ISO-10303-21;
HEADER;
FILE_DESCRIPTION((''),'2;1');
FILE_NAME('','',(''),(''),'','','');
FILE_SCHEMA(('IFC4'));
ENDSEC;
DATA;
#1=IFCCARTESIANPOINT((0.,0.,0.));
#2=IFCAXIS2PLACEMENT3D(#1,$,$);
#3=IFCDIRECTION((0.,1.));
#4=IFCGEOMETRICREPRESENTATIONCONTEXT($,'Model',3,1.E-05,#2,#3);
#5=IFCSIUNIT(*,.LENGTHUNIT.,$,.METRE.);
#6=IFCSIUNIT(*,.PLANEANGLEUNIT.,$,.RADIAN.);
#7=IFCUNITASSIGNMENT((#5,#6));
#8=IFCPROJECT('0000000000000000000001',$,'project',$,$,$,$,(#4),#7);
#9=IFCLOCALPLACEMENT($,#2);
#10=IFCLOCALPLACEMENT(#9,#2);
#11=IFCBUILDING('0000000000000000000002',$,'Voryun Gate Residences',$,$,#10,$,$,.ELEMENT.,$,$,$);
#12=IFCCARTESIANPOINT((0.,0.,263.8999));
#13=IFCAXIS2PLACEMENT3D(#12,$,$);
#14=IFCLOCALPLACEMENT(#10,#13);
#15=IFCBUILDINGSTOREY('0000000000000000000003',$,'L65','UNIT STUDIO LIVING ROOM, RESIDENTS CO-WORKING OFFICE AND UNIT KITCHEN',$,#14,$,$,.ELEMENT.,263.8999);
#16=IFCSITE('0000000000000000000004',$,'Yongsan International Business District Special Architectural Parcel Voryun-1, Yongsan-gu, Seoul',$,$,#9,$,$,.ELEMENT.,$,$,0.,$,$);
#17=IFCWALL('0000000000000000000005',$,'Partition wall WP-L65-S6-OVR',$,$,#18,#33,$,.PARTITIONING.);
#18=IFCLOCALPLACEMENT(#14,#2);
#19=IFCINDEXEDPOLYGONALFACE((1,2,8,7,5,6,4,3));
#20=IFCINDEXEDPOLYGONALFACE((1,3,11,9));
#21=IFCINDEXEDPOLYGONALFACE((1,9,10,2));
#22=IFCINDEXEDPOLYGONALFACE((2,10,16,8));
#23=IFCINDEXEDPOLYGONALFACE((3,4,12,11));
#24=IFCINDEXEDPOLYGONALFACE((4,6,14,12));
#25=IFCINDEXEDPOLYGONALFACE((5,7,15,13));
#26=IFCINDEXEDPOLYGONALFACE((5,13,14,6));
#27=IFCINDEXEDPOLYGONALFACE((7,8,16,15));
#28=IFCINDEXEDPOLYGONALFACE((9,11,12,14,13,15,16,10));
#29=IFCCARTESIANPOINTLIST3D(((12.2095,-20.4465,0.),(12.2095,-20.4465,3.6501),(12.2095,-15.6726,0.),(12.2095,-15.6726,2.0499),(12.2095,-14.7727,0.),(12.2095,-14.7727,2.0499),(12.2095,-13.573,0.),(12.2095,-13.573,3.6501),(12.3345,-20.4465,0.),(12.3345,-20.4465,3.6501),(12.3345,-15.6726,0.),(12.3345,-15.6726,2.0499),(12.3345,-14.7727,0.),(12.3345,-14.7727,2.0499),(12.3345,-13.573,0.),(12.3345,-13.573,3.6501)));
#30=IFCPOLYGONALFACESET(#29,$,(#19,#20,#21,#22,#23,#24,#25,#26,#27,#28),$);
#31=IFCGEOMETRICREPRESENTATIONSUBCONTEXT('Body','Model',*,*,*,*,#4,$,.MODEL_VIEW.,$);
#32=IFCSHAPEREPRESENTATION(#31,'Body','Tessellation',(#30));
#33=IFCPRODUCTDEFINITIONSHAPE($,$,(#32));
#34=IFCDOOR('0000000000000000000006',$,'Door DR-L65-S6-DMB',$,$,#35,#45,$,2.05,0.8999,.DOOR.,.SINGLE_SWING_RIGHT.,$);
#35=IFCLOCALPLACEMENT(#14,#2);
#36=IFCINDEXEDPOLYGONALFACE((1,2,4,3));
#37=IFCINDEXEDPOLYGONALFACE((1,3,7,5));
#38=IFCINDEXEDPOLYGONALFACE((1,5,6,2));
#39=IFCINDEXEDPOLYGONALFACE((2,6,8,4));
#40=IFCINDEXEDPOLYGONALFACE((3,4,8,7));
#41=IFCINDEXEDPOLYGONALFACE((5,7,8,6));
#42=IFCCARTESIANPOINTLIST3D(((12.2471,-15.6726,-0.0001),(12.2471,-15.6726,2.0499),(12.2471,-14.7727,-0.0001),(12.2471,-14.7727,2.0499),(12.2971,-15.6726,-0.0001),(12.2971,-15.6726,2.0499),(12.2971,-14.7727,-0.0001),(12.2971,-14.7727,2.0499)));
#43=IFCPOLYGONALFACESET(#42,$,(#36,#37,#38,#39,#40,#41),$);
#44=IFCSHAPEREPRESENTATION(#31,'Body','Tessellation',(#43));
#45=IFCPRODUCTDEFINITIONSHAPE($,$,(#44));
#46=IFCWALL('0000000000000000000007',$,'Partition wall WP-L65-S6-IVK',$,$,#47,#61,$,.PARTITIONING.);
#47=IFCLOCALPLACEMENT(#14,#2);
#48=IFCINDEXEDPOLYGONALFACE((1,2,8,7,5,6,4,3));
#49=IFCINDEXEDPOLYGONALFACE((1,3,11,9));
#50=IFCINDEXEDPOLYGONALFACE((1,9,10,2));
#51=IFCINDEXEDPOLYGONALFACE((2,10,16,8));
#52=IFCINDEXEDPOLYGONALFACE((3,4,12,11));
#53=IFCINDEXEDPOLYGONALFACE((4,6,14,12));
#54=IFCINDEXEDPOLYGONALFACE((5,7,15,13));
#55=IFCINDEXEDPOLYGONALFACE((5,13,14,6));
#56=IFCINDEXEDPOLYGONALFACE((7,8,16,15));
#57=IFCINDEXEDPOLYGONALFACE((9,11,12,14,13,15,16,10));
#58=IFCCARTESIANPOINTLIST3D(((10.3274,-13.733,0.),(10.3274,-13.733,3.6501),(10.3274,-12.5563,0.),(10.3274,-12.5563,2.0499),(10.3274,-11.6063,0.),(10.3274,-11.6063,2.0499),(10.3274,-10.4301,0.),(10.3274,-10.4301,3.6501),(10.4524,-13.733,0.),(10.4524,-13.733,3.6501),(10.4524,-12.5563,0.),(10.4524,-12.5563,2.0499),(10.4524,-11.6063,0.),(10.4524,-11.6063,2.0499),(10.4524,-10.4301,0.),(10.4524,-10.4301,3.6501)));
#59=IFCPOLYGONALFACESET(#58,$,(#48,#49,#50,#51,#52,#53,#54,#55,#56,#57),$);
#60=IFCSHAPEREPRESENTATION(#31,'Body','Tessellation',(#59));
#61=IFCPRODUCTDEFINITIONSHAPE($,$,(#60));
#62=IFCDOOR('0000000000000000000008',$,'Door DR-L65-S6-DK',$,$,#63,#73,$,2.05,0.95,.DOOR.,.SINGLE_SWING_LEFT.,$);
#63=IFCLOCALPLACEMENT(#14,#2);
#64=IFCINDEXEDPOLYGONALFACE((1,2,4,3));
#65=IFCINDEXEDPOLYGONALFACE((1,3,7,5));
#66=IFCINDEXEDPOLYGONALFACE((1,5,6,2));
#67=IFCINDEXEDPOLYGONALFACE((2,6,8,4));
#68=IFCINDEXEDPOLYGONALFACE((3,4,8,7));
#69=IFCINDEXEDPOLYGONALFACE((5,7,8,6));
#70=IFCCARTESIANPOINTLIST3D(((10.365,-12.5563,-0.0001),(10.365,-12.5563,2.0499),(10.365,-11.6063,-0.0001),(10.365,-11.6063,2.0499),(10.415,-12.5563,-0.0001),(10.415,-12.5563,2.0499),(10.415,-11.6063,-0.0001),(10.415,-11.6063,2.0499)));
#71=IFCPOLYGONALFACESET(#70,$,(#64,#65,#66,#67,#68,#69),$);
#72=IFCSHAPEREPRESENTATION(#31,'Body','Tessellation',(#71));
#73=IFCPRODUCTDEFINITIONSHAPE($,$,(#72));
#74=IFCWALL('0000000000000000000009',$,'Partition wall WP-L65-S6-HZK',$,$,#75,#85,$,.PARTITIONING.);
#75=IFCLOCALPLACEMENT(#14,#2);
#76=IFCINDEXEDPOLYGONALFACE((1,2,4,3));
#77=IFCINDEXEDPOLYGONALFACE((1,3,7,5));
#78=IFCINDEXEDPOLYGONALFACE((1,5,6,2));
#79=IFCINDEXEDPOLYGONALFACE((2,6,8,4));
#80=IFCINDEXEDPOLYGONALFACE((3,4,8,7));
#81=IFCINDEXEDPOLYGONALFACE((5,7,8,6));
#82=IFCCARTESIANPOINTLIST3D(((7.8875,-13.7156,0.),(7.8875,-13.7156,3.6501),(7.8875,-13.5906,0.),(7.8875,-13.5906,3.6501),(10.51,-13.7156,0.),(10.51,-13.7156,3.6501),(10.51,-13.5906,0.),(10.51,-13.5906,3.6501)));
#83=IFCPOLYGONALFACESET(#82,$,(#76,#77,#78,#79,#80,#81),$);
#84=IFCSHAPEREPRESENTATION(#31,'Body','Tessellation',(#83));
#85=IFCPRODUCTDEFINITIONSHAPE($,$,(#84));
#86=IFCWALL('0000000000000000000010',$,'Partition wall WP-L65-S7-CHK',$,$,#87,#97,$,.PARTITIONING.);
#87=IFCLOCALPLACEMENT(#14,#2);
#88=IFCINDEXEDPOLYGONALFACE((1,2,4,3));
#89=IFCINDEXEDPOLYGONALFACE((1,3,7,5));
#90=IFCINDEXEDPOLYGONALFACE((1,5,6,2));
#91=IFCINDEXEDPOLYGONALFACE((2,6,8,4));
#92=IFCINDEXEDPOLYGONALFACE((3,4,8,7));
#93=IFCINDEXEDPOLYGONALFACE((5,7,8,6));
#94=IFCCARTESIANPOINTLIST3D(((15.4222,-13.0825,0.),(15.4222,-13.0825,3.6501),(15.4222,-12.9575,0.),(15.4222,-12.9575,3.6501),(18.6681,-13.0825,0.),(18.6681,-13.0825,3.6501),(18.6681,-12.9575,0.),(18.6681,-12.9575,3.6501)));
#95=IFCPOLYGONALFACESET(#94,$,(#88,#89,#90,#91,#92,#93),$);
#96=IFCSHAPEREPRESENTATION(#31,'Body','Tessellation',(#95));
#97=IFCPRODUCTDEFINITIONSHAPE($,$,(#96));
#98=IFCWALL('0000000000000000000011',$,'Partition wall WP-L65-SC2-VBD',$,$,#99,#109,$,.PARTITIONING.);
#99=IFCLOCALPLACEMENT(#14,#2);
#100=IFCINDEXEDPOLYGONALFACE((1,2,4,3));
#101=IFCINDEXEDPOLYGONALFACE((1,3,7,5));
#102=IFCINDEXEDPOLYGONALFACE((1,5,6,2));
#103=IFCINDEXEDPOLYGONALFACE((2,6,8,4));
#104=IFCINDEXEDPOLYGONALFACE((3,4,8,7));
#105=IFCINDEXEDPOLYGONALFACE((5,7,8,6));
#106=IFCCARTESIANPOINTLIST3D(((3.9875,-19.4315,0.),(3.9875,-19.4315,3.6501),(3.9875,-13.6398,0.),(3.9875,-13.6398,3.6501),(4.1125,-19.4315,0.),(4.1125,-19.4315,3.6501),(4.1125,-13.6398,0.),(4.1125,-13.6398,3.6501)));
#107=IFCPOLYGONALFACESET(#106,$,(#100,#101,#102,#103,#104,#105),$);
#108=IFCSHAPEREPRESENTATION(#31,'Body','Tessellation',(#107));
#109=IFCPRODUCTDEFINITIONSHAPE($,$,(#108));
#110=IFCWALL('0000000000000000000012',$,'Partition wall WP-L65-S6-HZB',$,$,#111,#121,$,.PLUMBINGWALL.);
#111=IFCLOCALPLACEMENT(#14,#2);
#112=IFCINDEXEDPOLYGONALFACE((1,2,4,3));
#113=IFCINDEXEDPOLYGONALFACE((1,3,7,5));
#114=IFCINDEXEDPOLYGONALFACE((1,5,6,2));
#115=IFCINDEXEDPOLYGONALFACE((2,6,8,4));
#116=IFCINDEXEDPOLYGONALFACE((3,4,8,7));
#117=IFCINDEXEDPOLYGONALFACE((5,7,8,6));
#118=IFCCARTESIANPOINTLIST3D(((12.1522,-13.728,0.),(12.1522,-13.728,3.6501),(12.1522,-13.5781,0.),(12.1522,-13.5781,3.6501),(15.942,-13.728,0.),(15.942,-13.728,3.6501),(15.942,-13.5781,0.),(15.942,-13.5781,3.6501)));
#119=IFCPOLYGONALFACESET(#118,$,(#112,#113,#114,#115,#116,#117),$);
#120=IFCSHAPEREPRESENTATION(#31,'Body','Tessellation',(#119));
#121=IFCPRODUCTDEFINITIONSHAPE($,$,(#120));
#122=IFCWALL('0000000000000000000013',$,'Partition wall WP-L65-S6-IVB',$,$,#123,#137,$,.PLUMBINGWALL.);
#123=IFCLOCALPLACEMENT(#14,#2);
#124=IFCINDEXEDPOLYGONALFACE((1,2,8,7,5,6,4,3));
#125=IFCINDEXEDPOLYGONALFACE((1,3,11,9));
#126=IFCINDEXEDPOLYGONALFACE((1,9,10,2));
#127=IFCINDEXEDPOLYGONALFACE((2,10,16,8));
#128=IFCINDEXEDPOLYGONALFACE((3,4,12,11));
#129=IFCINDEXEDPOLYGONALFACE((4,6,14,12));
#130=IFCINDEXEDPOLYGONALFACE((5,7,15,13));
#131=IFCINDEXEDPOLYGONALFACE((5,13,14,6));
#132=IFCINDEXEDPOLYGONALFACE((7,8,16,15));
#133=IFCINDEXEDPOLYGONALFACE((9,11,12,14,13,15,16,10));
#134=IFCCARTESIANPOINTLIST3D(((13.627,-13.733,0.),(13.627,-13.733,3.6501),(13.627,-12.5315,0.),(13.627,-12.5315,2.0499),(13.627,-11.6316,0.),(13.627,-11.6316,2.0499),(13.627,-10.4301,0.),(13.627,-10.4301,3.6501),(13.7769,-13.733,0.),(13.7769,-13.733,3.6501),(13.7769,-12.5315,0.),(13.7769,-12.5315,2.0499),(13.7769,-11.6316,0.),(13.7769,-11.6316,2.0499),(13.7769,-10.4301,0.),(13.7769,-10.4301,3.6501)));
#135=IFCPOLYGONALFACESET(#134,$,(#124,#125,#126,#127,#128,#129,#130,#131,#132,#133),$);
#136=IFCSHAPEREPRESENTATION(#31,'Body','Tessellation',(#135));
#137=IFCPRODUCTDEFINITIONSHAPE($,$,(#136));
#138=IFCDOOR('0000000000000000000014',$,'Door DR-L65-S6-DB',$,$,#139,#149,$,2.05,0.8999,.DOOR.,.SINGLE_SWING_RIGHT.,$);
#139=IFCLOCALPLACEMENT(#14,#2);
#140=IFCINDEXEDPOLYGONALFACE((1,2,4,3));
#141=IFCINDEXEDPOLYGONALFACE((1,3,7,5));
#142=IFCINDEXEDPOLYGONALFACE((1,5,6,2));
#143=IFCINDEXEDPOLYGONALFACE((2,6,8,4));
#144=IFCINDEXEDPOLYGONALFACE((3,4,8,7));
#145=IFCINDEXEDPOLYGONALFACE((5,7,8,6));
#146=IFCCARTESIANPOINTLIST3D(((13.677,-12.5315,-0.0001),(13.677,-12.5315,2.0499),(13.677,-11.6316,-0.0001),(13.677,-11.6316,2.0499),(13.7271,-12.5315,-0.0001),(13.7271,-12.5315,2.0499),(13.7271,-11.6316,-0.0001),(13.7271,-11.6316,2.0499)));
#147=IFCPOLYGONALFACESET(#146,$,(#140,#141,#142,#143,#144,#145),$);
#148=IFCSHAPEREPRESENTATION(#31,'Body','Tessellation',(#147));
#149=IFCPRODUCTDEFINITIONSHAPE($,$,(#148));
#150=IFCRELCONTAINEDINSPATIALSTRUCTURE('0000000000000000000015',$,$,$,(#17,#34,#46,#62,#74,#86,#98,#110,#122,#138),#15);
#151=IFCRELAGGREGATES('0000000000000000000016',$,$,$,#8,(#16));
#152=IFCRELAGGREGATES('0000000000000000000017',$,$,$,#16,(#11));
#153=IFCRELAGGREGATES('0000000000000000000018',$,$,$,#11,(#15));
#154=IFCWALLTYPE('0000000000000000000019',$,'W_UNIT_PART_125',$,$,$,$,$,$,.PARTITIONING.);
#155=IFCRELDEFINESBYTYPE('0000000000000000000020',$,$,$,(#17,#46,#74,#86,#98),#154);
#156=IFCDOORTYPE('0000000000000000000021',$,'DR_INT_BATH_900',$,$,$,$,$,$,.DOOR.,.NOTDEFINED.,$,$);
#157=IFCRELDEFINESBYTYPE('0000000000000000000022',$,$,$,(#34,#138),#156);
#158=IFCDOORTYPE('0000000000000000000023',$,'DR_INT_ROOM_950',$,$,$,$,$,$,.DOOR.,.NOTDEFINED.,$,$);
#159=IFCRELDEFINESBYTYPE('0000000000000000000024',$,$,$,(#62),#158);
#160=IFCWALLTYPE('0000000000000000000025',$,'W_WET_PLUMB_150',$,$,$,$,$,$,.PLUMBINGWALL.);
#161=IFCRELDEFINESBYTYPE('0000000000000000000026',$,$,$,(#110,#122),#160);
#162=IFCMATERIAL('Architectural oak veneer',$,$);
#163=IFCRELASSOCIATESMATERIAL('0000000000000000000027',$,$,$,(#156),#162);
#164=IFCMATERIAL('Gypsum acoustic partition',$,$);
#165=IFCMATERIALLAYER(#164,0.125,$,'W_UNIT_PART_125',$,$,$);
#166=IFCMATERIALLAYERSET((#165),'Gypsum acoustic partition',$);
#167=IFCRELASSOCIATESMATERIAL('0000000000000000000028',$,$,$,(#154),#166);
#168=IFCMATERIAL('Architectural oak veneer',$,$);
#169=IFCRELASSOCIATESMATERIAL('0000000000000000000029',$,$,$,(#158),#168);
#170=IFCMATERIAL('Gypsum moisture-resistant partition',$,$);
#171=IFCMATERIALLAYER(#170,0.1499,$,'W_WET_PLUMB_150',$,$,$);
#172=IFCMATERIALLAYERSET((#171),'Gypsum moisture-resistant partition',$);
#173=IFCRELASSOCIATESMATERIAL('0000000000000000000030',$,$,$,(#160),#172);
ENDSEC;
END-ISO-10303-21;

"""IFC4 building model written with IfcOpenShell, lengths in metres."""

from ifc_helpers import new_model, si_unit, direction, frame, frame_2d, origin, place, context, subcontext, project, spatial, rectangle, extrude, material, layer, layer_set, type_object, element, fill, save


model = new_model("IFC4")

# Units and contexts
model_context = context("Model", 3, precision=1e-05, world=origin(), true_north=direction((0.0, 1.0)))
body_context = subcontext(model_context, "Body", "Model", "MODEL_VIEW")
ifc_project = project(units=[si_unit("LENGTHUNIT", "METRE"), si_unit("PLANEANGLEUNIT", "RADIAN")], contexts=[model_context])

# Site, building, storey
site_placement = place(None, origin())
site = spatial("IfcSite", under=ifc_project, at=site_placement, Name="Yongsan International Business District Special Architectural Parcel Voryun-1, Yongsan-gu, Seoul", CompositionType="ELEMENT", RefElevation=0.0)
building_placement = place(site_placement, origin())
building = spatial("IfcBuilding", under=site, at=building_placement, Name="Voryun Gate Residences", CompositionType="ELEMENT")
storey_placement = place(building_placement, frame((0.0, 0.0, 263.8999)))
storey = spatial("IfcBuildingStorey", under=building, at=storey_placement, Name="L65", Description="UNIT STUDIO LIVING ROOM, RESIDENTS CO-WORKING OFFICE AND UNIT KITCHEN", CompositionType="ELEMENT", Elevation=263.8999)

# Shared definitions
ifc_material_1 = material(Name="Architectural oak veneer")
door_type_1 = type_object("IfcDoorType", Name="DR_INT_BATH_900", OperationType="NOTDEFINED", PredefinedType="DOOR", material=ifc_material_1)

# Walls, openings, doors
ifc_material_2 = material(Name="Gypsum acoustic partition")
ifc_layer_1 = layer(ifc_material_2, 0.125, Name="W_UNIT_PART_125")
ifc_layer_set_1 = layer_set([ifc_layer_1], Name="Gypsum acoustic partition")
wall_type_1 = type_object("IfcWallType", Name="W_UNIT_PART_125", PredefinedType="PARTITIONING", material=ifc_layer_set_1)
wall_1_placement = place(storey_placement, frame((12.272, -20.4465, 0.0), z_axis=(0.0, 0.0, 1.0), x_axis=(0.0, 1.0, 0.0)))
wall_1 = element("IfcWall", 1, at=wall_1_placement, inside=storey, type_object=wall_type_1, Name="Partition wall WP-L65-S6-OVR", PredefinedType="PARTITIONING", context=body_context, shape_type="SweptSolid", body=[
    extrude(rectangle(XDim=6.8735, YDim=0.125, at=frame_2d((3.4368, 0.0))), origin(), (0.0, 0.0, 1.0), 3.6501),
])
opening_1_placement = place(wall_1_placement, frame((4.7739, 0.0, 0.0)))
opening_1 = element("IfcOpeningElement", 2, at=opening_1_placement, cuts=wall_1, PredefinedType="OPENING", context=body_context, shape_type="SweptSolid", body=[
    extrude(rectangle(XDim=0.8999, YDim=2.05, at=frame_2d((0.45, 1.0249))), frame((0.0, 0.0725, 0.0), z_axis=(0.0, -1.0, 0.0), x_axis=(1.0, 0.0, 0.0)), (0.0, 0.0, 1.0), 0.145),
])
door_1_placement = place(opening_1_placement, origin())
door_1 = element("IfcDoor", 3, at=door_1_placement, inside=storey, type_object=door_type_1, Name="Door DR-L65-S6-DMB", OperationType="SINGLE_SWING_RIGHT", OverallHeight=2.05, OverallWidth=0.8999, PredefinedType="DOOR", context=body_context, shape_type="SweptSolid", body=[
    extrude(rectangle(XDim=0.8999, YDim=2.05, at=frame_2d((0.45, 1.0249))), frame((0.0, 0.0249, 0.0), z_axis=(0.0, -1.0, 0.0), x_axis=(1.0, 0.0, 0.0)), (0.0, 0.0, 1.0), 0.05),
])
fill(opening_1, door_1)
wall_2_placement = place(storey_placement, frame((10.3899, -13.7329, 0.0), z_axis=(0.0, 0.0, 1.0), x_axis=(0.0, 1.0, 0.0)))
wall_2 = element("IfcWall", 4, at=wall_2_placement, inside=storey, type_object=wall_type_1, Name="Partition wall WP-L65-S6-IVK", PredefinedType="PARTITIONING", context=body_context, shape_type="SweptSolid", body=[
    extrude(rectangle(XDim=3.303, YDim=0.125, at=frame_2d((1.6514, 0.0))), origin(), (0.0, 0.0, 1.0), 3.6501),
])
opening_2_placement = place(wall_2_placement, frame((1.1765, 0.0, 0.0)))
opening_2 = element("IfcOpeningElement", 5, at=opening_2_placement, cuts=wall_2, PredefinedType="OPENING", context=body_context, shape_type="SweptSolid", body=[
    extrude(rectangle(XDim=0.95, YDim=2.05, at=frame_2d((0.4751, 1.0249))), frame((0.0, 0.0725, 0.0), z_axis=(0.0, -1.0, 0.0), x_axis=(1.0, 0.0, 0.0)), (0.0, 0.0, 1.0), 0.145),
])
ifc_material_3 = material(Name="Architectural oak veneer")
door_type_2 = type_object("IfcDoorType", Name="DR_INT_ROOM_950", OperationType="NOTDEFINED", PredefinedType="DOOR", material=ifc_material_3)
door_2_placement = place(opening_2_placement, origin())
door_2 = element("IfcDoor", 6, at=door_2_placement, inside=storey, type_object=door_type_2, Name="Door DR-L65-S6-DK", OperationType="SINGLE_SWING_LEFT", OverallHeight=2.05, OverallWidth=0.95, PredefinedType="DOOR", context=body_context, shape_type="SweptSolid", body=[
    extrude(rectangle(XDim=0.95, YDim=2.05, at=frame_2d((0.4751, 1.0249))), frame((0.0, 0.0249, 0.0), z_axis=(0.0, -1.0, 0.0), x_axis=(1.0, 0.0, 0.0)), (0.0, 0.0, 1.0), 0.05),
])
fill(opening_2, door_2)

# Walls
wall_3_placement = place(storey_placement, frame((7.8875, -13.6531, 0.0), z_axis=(0.0, 0.0, 1.0), x_axis=(1.0, 0.0, 0.0)))
element("IfcWall", 7, at=wall_3_placement, inside=storey, type_object=wall_type_1, Name="Partition wall WP-L65-S6-HZK", PredefinedType="PARTITIONING", context=body_context, shape_type="SweptSolid", body=[
    extrude(rectangle(XDim=2.6226, YDim=0.125, at=frame_2d((1.3113, 0.0))), origin(), (0.0, 0.0, 1.0), 3.6501),
])
wall_4_placement = place(storey_placement, frame((15.4221, -13.02, 0.0), z_axis=(0.0, 0.0, 1.0), x_axis=(1.0, 0.0, 0.0)))
element("IfcWall", 8, at=wall_4_placement, inside=storey, type_object=wall_type_1, Name="Partition wall WP-L65-S7-CHK", PredefinedType="PARTITIONING", context=body_context, shape_type="SweptSolid", body=[
    extrude(rectangle(XDim=3.2458, YDim=0.125, at=frame_2d((1.623, 0.0))), origin(), (0.0, 0.0, 1.0), 3.6501),
])
wall_5_placement = place(storey_placement, frame((4.05, -19.4316, 0.0), z_axis=(0.0, 0.0, 1.0), x_axis=(0.0, 1.0, 0.0)))
element("IfcWall", 9, at=wall_5_placement, inside=storey, type_object=wall_type_1, Name="Partition wall WP-L65-SC2-VBD", PredefinedType="PARTITIONING", context=body_context, shape_type="SweptSolid", body=[
    extrude(rectangle(XDim=5.7917, YDim=0.125, at=frame_2d((2.896, 0.0))), origin(), (0.0, 0.0, 1.0), 3.6501),
])
ifc_material_4 = material(Name="Gypsum moisture-resistant partition")
ifc_layer_2 = layer(ifc_material_4, 0.1499, Name="W_WET_PLUMB_150")
ifc_layer_set_2 = layer_set([ifc_layer_2], Name="Gypsum moisture-resistant partition")
wall_type_2 = type_object("IfcWallType", Name="W_WET_PLUMB_150", PredefinedType="PLUMBINGWALL", material=ifc_layer_set_2)
wall_6_placement = place(storey_placement, frame((12.1521, -13.6531, 0.0), z_axis=(0.0, 0.0, 1.0), x_axis=(1.0, 0.0, 0.0)))
element("IfcWall", 10, at=wall_6_placement, inside=storey, type_object=wall_type_2, Name="Partition wall WP-L65-S6-HZB", PredefinedType="PLUMBINGWALL", context=body_context, shape_type="SweptSolid", body=[
    extrude(rectangle(XDim=3.7898, YDim=0.1499, at=frame_2d((1.895, 0.0))), origin(), (0.0, 0.0, 1.0), 3.6501),
])

# Wall, opening, door
wall_7_placement = place(storey_placement, frame((13.7019, -13.7329, 0.0), z_axis=(0.0, 0.0, 1.0), x_axis=(0.0, 1.0, 0.0)))
wall_7 = element("IfcWall", 11, at=wall_7_placement, inside=storey, type_object=wall_type_2, Name="Partition wall WP-L65-S6-IVB", PredefinedType="PLUMBINGWALL", context=body_context, shape_type="SweptSolid", body=[
    extrude(rectangle(XDim=3.303, YDim=0.1499, at=frame_2d((1.6514, 0.0))), origin(), (0.0, 0.0, 1.0), 3.6501),
])
opening_3_placement = place(wall_7_placement, frame((1.2014, 0.0, 0.0)))
opening_3 = element("IfcOpeningElement", 12, at=opening_3_placement, cuts=wall_7, PredefinedType="OPENING", context=body_context, shape_type="SweptSolid", body=[
    extrude(rectangle(XDim=0.8999, YDim=2.05, at=frame_2d((0.45, 1.0249))), frame((0.0, 0.085, 0.0), z_axis=(0.0, -1.0, 0.0), x_axis=(1.0, 0.0, 0.0)), (0.0, 0.0, 1.0), 0.1699),
])
door_3_placement = place(opening_3_placement, origin())
door_3 = element("IfcDoor", 13, at=door_3_placement, inside=storey, type_object=door_type_1, Name="Door DR-L65-S6-DB", OperationType="SINGLE_SWING_RIGHT", OverallHeight=2.05, OverallWidth=0.8999, PredefinedType="DOOR", context=body_context, shape_type="SweptSolid", body=[
    extrude(rectangle(XDim=0.8999, YDim=2.05, at=frame_2d((0.45, 1.0249))), frame((0.0, 0.0249, 0.0), z_axis=(0.0, -1.0, 0.0), x_axis=(1.0, 0.0, 0.0)), (0.0, 0.0, 1.0), 0.05),
])
fill(opening_3, door_3)

save(model, "model.ifc")
